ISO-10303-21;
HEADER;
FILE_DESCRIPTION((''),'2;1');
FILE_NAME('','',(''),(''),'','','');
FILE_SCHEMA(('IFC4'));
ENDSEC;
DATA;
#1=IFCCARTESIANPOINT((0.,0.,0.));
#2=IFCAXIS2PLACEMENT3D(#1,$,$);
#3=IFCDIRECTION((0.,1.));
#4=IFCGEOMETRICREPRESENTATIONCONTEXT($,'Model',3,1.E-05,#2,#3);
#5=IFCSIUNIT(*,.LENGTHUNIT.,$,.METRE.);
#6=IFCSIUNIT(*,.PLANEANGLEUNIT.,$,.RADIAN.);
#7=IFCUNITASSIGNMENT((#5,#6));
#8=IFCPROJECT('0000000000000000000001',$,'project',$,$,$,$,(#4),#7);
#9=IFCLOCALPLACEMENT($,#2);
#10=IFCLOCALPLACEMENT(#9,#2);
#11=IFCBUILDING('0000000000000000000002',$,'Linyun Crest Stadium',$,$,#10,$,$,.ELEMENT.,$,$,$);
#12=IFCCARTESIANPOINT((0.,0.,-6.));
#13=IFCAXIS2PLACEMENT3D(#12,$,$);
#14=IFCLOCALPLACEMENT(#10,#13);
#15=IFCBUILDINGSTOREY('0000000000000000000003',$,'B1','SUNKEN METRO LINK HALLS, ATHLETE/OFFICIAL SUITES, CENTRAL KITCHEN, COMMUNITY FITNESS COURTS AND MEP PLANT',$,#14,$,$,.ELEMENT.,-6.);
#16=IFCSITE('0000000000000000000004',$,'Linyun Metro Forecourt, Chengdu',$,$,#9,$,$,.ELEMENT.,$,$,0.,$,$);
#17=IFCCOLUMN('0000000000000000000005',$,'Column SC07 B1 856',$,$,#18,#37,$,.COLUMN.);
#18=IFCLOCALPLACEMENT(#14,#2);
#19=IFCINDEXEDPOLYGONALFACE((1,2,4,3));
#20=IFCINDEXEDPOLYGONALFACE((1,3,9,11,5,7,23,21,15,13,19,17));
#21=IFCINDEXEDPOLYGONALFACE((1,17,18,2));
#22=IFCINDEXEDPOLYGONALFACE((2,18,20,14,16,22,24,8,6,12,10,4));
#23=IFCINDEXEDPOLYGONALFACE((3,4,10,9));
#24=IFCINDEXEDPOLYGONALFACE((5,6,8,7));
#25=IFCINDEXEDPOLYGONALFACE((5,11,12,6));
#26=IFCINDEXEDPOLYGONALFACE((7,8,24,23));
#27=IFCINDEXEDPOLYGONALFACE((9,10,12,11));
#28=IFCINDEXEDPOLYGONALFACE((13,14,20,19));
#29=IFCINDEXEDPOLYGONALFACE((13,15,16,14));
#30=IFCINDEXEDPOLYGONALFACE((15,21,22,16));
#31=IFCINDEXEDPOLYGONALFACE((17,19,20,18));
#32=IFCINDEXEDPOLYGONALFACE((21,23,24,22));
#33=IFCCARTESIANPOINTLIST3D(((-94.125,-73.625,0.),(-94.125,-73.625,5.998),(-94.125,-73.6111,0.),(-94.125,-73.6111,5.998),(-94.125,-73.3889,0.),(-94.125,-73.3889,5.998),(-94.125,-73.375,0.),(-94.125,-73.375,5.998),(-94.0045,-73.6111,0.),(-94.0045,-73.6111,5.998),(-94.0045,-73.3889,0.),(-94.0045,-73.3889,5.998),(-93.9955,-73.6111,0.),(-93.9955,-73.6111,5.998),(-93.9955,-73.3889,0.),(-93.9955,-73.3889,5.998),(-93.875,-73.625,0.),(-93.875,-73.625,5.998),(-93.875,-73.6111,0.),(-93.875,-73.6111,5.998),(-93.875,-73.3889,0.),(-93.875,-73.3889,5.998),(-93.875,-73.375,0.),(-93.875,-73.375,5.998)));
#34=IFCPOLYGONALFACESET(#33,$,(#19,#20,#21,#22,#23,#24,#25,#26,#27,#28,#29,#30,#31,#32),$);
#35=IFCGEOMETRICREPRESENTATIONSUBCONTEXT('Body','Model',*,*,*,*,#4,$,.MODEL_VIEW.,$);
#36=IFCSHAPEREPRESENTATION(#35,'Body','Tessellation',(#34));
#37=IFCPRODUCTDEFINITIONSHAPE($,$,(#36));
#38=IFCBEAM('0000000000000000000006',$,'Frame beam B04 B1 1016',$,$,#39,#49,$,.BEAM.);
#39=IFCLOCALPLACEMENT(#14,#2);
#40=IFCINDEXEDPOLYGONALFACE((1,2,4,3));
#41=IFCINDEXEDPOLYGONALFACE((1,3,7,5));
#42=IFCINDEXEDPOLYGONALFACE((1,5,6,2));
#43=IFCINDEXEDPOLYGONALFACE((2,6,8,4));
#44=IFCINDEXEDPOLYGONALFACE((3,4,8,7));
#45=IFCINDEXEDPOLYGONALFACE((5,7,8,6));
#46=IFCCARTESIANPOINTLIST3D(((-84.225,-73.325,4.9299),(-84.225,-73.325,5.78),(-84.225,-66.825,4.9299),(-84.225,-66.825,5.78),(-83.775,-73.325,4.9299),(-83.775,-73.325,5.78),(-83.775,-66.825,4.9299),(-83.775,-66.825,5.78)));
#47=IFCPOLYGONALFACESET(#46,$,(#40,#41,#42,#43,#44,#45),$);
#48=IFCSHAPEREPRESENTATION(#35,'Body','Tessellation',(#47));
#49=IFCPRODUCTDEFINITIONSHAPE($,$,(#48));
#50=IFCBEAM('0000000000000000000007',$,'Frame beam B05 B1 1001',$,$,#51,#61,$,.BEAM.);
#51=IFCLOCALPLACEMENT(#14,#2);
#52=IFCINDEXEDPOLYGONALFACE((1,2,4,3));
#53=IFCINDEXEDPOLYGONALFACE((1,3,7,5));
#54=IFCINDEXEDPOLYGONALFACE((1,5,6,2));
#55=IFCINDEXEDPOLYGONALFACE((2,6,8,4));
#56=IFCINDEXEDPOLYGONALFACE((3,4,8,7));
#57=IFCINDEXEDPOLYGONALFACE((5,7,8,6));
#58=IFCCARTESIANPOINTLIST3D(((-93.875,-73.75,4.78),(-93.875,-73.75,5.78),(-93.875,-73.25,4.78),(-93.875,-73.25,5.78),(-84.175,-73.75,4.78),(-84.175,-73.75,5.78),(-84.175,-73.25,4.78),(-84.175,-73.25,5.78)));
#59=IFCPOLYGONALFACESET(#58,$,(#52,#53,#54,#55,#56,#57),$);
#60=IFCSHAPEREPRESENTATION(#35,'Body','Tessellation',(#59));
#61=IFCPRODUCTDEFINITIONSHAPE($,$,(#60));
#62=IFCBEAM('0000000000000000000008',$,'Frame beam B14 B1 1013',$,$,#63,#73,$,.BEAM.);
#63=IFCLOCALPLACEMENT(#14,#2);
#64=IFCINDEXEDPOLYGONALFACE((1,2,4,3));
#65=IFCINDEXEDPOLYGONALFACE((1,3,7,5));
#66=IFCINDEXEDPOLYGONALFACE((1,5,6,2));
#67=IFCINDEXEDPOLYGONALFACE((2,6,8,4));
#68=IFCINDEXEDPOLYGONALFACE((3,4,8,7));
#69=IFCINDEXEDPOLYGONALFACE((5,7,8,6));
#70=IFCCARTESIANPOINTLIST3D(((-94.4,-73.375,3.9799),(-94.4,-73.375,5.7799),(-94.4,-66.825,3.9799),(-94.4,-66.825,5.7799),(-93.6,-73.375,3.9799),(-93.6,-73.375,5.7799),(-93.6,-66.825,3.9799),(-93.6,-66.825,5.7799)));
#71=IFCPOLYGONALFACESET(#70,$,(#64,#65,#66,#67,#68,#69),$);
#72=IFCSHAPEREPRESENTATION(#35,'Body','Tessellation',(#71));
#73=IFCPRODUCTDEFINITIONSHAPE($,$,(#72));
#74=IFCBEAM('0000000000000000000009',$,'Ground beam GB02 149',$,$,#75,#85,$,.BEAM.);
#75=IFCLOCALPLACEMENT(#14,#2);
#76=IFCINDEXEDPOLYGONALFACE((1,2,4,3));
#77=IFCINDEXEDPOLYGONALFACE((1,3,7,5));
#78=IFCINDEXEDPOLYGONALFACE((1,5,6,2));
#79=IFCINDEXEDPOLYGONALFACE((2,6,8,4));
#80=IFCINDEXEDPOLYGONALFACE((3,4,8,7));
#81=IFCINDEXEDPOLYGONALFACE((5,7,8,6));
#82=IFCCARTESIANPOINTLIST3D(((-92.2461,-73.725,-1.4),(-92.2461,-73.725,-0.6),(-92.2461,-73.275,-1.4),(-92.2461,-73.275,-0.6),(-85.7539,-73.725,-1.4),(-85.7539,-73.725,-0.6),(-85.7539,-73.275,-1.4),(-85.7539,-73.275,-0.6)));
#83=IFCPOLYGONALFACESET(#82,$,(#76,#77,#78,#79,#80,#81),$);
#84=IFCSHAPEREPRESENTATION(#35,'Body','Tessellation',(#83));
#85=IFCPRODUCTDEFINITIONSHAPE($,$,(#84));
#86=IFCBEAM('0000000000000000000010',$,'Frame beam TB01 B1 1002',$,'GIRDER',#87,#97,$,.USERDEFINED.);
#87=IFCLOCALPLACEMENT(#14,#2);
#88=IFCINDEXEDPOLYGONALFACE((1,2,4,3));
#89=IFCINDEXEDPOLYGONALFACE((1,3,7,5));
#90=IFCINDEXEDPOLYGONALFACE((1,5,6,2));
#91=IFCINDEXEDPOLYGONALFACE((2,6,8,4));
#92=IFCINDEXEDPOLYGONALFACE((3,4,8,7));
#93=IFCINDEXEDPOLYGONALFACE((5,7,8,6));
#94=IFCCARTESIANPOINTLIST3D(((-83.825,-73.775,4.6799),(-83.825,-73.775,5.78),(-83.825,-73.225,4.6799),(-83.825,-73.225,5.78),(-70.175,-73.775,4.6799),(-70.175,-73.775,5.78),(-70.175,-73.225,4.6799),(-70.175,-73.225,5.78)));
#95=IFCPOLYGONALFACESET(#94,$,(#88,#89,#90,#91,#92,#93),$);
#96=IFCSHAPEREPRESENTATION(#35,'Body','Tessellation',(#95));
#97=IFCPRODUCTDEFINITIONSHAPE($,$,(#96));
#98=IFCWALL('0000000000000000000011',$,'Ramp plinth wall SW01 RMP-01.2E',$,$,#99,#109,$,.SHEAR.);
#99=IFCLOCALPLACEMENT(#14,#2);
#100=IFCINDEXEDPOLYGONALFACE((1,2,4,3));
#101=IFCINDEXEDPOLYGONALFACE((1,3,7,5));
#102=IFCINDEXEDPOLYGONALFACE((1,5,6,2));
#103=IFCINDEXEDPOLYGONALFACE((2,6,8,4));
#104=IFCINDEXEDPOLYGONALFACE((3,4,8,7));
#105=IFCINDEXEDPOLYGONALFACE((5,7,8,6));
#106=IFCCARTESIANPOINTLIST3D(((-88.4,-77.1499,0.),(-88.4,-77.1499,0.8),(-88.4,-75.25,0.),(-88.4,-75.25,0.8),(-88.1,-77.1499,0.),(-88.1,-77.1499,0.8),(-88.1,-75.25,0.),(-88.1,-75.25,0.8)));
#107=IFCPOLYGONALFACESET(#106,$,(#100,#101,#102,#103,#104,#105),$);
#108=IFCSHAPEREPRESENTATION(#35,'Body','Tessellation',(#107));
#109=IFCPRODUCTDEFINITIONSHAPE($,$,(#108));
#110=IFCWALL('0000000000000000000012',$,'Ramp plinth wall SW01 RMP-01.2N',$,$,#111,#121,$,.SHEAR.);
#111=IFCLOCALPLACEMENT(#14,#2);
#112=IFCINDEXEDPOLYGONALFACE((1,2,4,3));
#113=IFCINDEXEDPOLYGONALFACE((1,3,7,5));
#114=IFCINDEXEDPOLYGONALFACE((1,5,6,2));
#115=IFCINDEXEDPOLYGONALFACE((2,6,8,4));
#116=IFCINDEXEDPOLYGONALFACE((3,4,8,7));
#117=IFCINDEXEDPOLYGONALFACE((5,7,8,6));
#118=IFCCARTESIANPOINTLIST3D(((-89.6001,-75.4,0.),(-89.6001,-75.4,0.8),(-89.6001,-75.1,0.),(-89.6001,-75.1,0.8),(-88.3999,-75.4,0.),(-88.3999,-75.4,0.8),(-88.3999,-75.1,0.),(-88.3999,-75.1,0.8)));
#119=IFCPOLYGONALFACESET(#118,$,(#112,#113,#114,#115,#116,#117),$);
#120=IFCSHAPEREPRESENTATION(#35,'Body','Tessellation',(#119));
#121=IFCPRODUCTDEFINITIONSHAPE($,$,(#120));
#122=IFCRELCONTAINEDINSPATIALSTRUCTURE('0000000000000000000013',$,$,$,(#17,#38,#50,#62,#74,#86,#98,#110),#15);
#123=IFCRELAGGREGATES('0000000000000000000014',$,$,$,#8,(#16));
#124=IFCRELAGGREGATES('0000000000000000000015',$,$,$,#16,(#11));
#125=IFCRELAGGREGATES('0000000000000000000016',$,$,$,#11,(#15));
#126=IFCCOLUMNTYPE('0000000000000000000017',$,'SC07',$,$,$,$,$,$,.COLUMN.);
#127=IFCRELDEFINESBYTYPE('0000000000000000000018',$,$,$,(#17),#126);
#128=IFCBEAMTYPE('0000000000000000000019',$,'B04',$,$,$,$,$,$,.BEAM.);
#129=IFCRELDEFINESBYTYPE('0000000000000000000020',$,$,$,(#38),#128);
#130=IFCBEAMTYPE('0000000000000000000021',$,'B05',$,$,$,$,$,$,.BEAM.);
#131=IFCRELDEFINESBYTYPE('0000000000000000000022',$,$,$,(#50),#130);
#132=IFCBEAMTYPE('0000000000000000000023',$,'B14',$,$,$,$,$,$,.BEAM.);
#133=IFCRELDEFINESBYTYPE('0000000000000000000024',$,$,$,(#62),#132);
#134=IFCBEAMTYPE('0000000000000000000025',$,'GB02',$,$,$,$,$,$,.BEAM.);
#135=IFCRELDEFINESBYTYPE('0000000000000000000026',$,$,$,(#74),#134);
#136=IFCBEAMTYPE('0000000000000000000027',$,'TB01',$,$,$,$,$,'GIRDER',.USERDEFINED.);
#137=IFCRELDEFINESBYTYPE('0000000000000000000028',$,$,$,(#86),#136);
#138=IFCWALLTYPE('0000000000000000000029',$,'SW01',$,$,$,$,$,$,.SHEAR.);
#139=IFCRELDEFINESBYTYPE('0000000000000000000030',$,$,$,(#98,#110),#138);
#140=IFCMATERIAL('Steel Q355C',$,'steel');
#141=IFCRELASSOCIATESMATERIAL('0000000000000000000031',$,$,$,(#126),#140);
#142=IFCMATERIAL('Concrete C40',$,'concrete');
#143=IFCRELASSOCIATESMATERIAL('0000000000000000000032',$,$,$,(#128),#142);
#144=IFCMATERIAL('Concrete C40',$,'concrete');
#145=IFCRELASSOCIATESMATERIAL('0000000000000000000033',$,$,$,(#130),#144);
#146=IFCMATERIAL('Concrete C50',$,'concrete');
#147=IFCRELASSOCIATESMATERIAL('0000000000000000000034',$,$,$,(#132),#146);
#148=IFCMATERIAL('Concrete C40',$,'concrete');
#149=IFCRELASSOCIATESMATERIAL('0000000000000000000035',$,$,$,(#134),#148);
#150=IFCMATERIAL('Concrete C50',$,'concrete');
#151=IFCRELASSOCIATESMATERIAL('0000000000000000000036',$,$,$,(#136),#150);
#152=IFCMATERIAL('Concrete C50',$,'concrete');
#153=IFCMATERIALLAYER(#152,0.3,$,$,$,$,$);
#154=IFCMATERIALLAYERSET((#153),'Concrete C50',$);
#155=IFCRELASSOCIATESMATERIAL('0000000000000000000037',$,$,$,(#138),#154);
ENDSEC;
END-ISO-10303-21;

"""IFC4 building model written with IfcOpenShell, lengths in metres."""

from ifc_helpers import new_model, si_unit, direction, frame, frame_2d, origin, origin_2d, place, context, subcontext, project, spatial, rectangle, i_section, extrude, material, layer, layer_set, material_profile, profile_set, type_object, element, save


model = new_model("IFC4")

# Units and contexts
model_context = context("Model", 3, precision=1e-05, world=origin(), true_north=direction((0.0, 1.0)))
body_context = subcontext(model_context, "Body", "Model", "MODEL_VIEW")
ifc_project = project(units=[si_unit("LENGTHUNIT", "METRE"), si_unit("PLANEANGLEUNIT", "RADIAN")], contexts=[model_context])

# Site, building, storey
site_placement = place(None, origin())
site = spatial("IfcSite", under=ifc_project, at=site_placement, Name="Linyun Metro Forecourt, Chengdu", CompositionType="ELEMENT", RefElevation=0.0)
building_placement = place(site_placement, origin())
building = spatial("IfcBuilding", under=site, at=building_placement, Name="Linyun Crest Stadium", CompositionType="ELEMENT")
storey_placement = place(building_placement, frame((0.0, 0.0, -6.0)))
storey = spatial("IfcBuildingStorey", under=building, at=storey_placement, Name="B1", Description="SUNKEN METRO LINK HALLS, ATHLETE/OFFICIAL SUITES, CENTRAL KITCHEN, COMMUNITY FITNESS COURTS AND MEP PLANT", CompositionType="ELEMENT", Elevation=-6.0)

# Column
ifc_material_1 = material(Name="Steel Q355C", Category="steel")
ifc_material_profile_1 = material_profile(ifc_material_1, i_section(OverallWidth=0.25, OverallDepth=0.25, WebThickness=0.009, FlangeThickness=0.0139, at=origin_2d()), Name="HW 250x250")
ifc_profile_set_1 = profile_set([ifc_material_profile_1], Name="Steel Q355C")
column_type_1 = type_object("IfcColumnType", Name="SC07", PredefinedType="COLUMN", material=ifc_profile_set_1)
column_1_placement = place(storey_placement, frame((-94.0, -73.5, 0.0), z_axis=(0.0, 0.0, 1.0), x_axis=(1.0, 0.0, 0.0)))
element("IfcColumn", 1, at=column_1_placement, inside=storey, type_object=column_type_1, Name="Column SC07 B1 856", PredefinedType="COLUMN", context=body_context, shape_type="SweptSolid", body=[
    extrude(i_section(OverallWidth=0.25, OverallDepth=0.25, WebThickness=0.009, FlangeThickness=0.0139, at=origin_2d()), origin(), (0.0, 0.0, 1.0), 5.998),
])

# Beams
ifc_material_2 = material(Name="Concrete C40", Category="concrete")
ifc_material_profile_2 = material_profile(ifc_material_2, rectangle(XDim=0.45, YDim=0.8501, at=origin_2d()), Name="RCB 850x450")
ifc_profile_set_2 = profile_set([ifc_material_profile_2], Name="Concrete C40")
beam_type_1 = type_object("IfcBeamType", Name="B04", PredefinedType="BEAM", material=ifc_profile_set_2)
beam_1_placement = place(storey_placement, frame((-84.0, -73.325, 5.355), z_axis=(0.0, 1.0, 0.0), x_axis=(-1.0, 0.0, 0.0)))
element("IfcBeam", 2, at=beam_1_placement, inside=storey, type_object=beam_type_1, Name="Frame beam B04 B1 1016", PredefinedType="BEAM", context=body_context, shape_type="SweptSolid", body=[
    extrude(rectangle(XDim=0.45, YDim=0.8501, at=origin_2d()), origin(), (0.0, 0.0, 1.0), 6.5),
])
ifc_material_3 = material(Name="Concrete C40", Category="concrete")
ifc_material_profile_3 = material_profile(ifc_material_3, rectangle(XDim=0.5, YDim=1.0, at=origin_2d()), Name="RCB 1000x500")
ifc_profile_set_3 = profile_set([ifc_material_profile_3], Name="Concrete C40")
beam_type_2 = type_object("IfcBeamType", Name="B05", PredefinedType="BEAM", material=ifc_profile_set_3)
beam_2_placement = place(storey_placement, frame((-93.875, -73.5, 5.28), z_axis=(1.0, 0.0, 0.0), x_axis=(0.0, 1.0, 0.0)))
element("IfcBeam", 3, at=beam_2_placement, inside=storey, type_object=beam_type_2, Name="Frame beam B05 B1 1001", PredefinedType="BEAM", context=body_context, shape_type="SweptSolid", body=[
    extrude(rectangle(XDim=0.5, YDim=1.0, at=origin_2d()), origin(), (0.0, 0.0, 1.0), 9.7),
])
ifc_material_4 = material(Name="Concrete C50", Category="concrete")
ifc_material_profile_4 = material_profile(ifc_material_4, rectangle(XDim=0.8, YDim=1.8, at=origin_2d()), Name="RCB 1800x800")
ifc_profile_set_4 = profile_set([ifc_material_profile_4], Name="Concrete C50")
beam_type_3 = type_object("IfcBeamType", Name="B14", PredefinedType="BEAM", material=ifc_profile_set_4)
beam_3_placement = place(storey_placement, frame((-94.0, -73.375, 4.8799), z_axis=(0.0, 1.0, 0.0), x_axis=(-1.0, 0.0, 0.0)))
element("IfcBeam", 4, at=beam_3_placement, inside=storey, type_object=beam_type_3, Name="Frame beam B14 B1 1013", PredefinedType="BEAM", context=body_context, shape_type="SweptSolid", body=[
    extrude(rectangle(XDim=0.8, YDim=1.8, at=origin_2d()), origin(), (0.0, 0.0, 1.0), 6.55),
])
ifc_material_5 = material(Name="Concrete C40", Category="concrete")
ifc_material_profile_5 = material_profile(ifc_material_5, rectangle(XDim=0.45, YDim=0.8, at=origin_2d()), Name="RCB 800x450")
ifc_profile_set_5 = profile_set([ifc_material_profile_5], Name="Concrete C40")
beam_type_4 = type_object("IfcBeamType", Name="GB02", PredefinedType="BEAM", material=ifc_profile_set_5)
beam_4_placement = place(storey_placement, frame((-92.2461, -73.5, -1.0), z_axis=(1.0, 0.0, 0.0), x_axis=(0.0, 1.0, 0.0)))
element("IfcBeam", 5, at=beam_4_placement, inside=storey, type_object=beam_type_4, Name="Ground beam GB02 149", PredefinedType="BEAM", context=body_context, shape_type="SweptSolid", body=[
    extrude(rectangle(XDim=0.45, YDim=0.8, at=origin_2d()), origin(), (0.0, 0.0, 1.0), 6.4922),
])
ifc_material_6 = material(Name="Concrete C50", Category="concrete")
ifc_material_profile_6 = material_profile(ifc_material_6, rectangle(XDim=0.55, YDim=1.1001, at=origin_2d()), Name="RCB 1100x550")
ifc_profile_set_6 = profile_set([ifc_material_profile_6], Name="Concrete C50")
beam_type_5 = type_object("IfcBeamType", Name="TB01", ElementType="GIRDER", PredefinedType="USERDEFINED", material=ifc_profile_set_6)
beam_5_placement = place(storey_placement, frame((-83.825, -73.5, 5.23), z_axis=(1.0, 0.0, 0.0), x_axis=(0.0, 1.0, 0.0)))
element("IfcBeam", 6, at=beam_5_placement, inside=storey, type_object=beam_type_5, Name="Frame beam TB01 B1 1002", ObjectType="GIRDER", PredefinedType="USERDEFINED", context=body_context, shape_type="SweptSolid", body=[
    extrude(rectangle(XDim=0.55, YDim=1.1001, at=origin_2d()), origin(), (0.0, 0.0, 1.0), 13.6499),
])

# Walls
ifc_material_7 = material(Name="Concrete C50", Category="concrete")
ifc_layer = layer(ifc_material_7, 0.3)
ifc_layer_set = layer_set([ifc_layer], Name="Concrete C50")
wall_type = type_object("IfcWallType", Name="SW01", PredefinedType="SHEAR", material=ifc_layer_set)
wall_1_placement = place(storey_placement, frame((-88.25, -77.1499, 0.0), z_axis=(0.0, 0.0, 1.0), x_axis=(0.0, 1.0, 0.0)))
element("IfcWall", 7, at=wall_1_placement, inside=storey, type_object=wall_type, Name="Ramp plinth wall SW01 RMP-01.2E", PredefinedType="SHEAR", context=body_context, shape_type="SweptSolid", body=[
    extrude(rectangle(XDim=1.8999, YDim=0.3, at=frame_2d((0.95, 0.0))), origin(), (0.0, 0.0, 1.0), 0.8),
])
wall_2_placement = place(storey_placement, frame((-89.6001, -75.25, 0.0), z_axis=(0.0, 0.0, 1.0), x_axis=(1.0, 0.0, 0.0)))
element("IfcWall", 8, at=wall_2_placement, inside=storey, type_object=wall_type, Name="Ramp plinth wall SW01 RMP-01.2N", PredefinedType="SHEAR", context=body_context, shape_type="SweptSolid", body=[
    extrude(rectangle(XDim=1.2002, YDim=0.3, at=frame_2d((0.6001, 0.0))), origin(), (0.0, 0.0, 1.0), 0.8),
])

save(model, "model.ifc")
